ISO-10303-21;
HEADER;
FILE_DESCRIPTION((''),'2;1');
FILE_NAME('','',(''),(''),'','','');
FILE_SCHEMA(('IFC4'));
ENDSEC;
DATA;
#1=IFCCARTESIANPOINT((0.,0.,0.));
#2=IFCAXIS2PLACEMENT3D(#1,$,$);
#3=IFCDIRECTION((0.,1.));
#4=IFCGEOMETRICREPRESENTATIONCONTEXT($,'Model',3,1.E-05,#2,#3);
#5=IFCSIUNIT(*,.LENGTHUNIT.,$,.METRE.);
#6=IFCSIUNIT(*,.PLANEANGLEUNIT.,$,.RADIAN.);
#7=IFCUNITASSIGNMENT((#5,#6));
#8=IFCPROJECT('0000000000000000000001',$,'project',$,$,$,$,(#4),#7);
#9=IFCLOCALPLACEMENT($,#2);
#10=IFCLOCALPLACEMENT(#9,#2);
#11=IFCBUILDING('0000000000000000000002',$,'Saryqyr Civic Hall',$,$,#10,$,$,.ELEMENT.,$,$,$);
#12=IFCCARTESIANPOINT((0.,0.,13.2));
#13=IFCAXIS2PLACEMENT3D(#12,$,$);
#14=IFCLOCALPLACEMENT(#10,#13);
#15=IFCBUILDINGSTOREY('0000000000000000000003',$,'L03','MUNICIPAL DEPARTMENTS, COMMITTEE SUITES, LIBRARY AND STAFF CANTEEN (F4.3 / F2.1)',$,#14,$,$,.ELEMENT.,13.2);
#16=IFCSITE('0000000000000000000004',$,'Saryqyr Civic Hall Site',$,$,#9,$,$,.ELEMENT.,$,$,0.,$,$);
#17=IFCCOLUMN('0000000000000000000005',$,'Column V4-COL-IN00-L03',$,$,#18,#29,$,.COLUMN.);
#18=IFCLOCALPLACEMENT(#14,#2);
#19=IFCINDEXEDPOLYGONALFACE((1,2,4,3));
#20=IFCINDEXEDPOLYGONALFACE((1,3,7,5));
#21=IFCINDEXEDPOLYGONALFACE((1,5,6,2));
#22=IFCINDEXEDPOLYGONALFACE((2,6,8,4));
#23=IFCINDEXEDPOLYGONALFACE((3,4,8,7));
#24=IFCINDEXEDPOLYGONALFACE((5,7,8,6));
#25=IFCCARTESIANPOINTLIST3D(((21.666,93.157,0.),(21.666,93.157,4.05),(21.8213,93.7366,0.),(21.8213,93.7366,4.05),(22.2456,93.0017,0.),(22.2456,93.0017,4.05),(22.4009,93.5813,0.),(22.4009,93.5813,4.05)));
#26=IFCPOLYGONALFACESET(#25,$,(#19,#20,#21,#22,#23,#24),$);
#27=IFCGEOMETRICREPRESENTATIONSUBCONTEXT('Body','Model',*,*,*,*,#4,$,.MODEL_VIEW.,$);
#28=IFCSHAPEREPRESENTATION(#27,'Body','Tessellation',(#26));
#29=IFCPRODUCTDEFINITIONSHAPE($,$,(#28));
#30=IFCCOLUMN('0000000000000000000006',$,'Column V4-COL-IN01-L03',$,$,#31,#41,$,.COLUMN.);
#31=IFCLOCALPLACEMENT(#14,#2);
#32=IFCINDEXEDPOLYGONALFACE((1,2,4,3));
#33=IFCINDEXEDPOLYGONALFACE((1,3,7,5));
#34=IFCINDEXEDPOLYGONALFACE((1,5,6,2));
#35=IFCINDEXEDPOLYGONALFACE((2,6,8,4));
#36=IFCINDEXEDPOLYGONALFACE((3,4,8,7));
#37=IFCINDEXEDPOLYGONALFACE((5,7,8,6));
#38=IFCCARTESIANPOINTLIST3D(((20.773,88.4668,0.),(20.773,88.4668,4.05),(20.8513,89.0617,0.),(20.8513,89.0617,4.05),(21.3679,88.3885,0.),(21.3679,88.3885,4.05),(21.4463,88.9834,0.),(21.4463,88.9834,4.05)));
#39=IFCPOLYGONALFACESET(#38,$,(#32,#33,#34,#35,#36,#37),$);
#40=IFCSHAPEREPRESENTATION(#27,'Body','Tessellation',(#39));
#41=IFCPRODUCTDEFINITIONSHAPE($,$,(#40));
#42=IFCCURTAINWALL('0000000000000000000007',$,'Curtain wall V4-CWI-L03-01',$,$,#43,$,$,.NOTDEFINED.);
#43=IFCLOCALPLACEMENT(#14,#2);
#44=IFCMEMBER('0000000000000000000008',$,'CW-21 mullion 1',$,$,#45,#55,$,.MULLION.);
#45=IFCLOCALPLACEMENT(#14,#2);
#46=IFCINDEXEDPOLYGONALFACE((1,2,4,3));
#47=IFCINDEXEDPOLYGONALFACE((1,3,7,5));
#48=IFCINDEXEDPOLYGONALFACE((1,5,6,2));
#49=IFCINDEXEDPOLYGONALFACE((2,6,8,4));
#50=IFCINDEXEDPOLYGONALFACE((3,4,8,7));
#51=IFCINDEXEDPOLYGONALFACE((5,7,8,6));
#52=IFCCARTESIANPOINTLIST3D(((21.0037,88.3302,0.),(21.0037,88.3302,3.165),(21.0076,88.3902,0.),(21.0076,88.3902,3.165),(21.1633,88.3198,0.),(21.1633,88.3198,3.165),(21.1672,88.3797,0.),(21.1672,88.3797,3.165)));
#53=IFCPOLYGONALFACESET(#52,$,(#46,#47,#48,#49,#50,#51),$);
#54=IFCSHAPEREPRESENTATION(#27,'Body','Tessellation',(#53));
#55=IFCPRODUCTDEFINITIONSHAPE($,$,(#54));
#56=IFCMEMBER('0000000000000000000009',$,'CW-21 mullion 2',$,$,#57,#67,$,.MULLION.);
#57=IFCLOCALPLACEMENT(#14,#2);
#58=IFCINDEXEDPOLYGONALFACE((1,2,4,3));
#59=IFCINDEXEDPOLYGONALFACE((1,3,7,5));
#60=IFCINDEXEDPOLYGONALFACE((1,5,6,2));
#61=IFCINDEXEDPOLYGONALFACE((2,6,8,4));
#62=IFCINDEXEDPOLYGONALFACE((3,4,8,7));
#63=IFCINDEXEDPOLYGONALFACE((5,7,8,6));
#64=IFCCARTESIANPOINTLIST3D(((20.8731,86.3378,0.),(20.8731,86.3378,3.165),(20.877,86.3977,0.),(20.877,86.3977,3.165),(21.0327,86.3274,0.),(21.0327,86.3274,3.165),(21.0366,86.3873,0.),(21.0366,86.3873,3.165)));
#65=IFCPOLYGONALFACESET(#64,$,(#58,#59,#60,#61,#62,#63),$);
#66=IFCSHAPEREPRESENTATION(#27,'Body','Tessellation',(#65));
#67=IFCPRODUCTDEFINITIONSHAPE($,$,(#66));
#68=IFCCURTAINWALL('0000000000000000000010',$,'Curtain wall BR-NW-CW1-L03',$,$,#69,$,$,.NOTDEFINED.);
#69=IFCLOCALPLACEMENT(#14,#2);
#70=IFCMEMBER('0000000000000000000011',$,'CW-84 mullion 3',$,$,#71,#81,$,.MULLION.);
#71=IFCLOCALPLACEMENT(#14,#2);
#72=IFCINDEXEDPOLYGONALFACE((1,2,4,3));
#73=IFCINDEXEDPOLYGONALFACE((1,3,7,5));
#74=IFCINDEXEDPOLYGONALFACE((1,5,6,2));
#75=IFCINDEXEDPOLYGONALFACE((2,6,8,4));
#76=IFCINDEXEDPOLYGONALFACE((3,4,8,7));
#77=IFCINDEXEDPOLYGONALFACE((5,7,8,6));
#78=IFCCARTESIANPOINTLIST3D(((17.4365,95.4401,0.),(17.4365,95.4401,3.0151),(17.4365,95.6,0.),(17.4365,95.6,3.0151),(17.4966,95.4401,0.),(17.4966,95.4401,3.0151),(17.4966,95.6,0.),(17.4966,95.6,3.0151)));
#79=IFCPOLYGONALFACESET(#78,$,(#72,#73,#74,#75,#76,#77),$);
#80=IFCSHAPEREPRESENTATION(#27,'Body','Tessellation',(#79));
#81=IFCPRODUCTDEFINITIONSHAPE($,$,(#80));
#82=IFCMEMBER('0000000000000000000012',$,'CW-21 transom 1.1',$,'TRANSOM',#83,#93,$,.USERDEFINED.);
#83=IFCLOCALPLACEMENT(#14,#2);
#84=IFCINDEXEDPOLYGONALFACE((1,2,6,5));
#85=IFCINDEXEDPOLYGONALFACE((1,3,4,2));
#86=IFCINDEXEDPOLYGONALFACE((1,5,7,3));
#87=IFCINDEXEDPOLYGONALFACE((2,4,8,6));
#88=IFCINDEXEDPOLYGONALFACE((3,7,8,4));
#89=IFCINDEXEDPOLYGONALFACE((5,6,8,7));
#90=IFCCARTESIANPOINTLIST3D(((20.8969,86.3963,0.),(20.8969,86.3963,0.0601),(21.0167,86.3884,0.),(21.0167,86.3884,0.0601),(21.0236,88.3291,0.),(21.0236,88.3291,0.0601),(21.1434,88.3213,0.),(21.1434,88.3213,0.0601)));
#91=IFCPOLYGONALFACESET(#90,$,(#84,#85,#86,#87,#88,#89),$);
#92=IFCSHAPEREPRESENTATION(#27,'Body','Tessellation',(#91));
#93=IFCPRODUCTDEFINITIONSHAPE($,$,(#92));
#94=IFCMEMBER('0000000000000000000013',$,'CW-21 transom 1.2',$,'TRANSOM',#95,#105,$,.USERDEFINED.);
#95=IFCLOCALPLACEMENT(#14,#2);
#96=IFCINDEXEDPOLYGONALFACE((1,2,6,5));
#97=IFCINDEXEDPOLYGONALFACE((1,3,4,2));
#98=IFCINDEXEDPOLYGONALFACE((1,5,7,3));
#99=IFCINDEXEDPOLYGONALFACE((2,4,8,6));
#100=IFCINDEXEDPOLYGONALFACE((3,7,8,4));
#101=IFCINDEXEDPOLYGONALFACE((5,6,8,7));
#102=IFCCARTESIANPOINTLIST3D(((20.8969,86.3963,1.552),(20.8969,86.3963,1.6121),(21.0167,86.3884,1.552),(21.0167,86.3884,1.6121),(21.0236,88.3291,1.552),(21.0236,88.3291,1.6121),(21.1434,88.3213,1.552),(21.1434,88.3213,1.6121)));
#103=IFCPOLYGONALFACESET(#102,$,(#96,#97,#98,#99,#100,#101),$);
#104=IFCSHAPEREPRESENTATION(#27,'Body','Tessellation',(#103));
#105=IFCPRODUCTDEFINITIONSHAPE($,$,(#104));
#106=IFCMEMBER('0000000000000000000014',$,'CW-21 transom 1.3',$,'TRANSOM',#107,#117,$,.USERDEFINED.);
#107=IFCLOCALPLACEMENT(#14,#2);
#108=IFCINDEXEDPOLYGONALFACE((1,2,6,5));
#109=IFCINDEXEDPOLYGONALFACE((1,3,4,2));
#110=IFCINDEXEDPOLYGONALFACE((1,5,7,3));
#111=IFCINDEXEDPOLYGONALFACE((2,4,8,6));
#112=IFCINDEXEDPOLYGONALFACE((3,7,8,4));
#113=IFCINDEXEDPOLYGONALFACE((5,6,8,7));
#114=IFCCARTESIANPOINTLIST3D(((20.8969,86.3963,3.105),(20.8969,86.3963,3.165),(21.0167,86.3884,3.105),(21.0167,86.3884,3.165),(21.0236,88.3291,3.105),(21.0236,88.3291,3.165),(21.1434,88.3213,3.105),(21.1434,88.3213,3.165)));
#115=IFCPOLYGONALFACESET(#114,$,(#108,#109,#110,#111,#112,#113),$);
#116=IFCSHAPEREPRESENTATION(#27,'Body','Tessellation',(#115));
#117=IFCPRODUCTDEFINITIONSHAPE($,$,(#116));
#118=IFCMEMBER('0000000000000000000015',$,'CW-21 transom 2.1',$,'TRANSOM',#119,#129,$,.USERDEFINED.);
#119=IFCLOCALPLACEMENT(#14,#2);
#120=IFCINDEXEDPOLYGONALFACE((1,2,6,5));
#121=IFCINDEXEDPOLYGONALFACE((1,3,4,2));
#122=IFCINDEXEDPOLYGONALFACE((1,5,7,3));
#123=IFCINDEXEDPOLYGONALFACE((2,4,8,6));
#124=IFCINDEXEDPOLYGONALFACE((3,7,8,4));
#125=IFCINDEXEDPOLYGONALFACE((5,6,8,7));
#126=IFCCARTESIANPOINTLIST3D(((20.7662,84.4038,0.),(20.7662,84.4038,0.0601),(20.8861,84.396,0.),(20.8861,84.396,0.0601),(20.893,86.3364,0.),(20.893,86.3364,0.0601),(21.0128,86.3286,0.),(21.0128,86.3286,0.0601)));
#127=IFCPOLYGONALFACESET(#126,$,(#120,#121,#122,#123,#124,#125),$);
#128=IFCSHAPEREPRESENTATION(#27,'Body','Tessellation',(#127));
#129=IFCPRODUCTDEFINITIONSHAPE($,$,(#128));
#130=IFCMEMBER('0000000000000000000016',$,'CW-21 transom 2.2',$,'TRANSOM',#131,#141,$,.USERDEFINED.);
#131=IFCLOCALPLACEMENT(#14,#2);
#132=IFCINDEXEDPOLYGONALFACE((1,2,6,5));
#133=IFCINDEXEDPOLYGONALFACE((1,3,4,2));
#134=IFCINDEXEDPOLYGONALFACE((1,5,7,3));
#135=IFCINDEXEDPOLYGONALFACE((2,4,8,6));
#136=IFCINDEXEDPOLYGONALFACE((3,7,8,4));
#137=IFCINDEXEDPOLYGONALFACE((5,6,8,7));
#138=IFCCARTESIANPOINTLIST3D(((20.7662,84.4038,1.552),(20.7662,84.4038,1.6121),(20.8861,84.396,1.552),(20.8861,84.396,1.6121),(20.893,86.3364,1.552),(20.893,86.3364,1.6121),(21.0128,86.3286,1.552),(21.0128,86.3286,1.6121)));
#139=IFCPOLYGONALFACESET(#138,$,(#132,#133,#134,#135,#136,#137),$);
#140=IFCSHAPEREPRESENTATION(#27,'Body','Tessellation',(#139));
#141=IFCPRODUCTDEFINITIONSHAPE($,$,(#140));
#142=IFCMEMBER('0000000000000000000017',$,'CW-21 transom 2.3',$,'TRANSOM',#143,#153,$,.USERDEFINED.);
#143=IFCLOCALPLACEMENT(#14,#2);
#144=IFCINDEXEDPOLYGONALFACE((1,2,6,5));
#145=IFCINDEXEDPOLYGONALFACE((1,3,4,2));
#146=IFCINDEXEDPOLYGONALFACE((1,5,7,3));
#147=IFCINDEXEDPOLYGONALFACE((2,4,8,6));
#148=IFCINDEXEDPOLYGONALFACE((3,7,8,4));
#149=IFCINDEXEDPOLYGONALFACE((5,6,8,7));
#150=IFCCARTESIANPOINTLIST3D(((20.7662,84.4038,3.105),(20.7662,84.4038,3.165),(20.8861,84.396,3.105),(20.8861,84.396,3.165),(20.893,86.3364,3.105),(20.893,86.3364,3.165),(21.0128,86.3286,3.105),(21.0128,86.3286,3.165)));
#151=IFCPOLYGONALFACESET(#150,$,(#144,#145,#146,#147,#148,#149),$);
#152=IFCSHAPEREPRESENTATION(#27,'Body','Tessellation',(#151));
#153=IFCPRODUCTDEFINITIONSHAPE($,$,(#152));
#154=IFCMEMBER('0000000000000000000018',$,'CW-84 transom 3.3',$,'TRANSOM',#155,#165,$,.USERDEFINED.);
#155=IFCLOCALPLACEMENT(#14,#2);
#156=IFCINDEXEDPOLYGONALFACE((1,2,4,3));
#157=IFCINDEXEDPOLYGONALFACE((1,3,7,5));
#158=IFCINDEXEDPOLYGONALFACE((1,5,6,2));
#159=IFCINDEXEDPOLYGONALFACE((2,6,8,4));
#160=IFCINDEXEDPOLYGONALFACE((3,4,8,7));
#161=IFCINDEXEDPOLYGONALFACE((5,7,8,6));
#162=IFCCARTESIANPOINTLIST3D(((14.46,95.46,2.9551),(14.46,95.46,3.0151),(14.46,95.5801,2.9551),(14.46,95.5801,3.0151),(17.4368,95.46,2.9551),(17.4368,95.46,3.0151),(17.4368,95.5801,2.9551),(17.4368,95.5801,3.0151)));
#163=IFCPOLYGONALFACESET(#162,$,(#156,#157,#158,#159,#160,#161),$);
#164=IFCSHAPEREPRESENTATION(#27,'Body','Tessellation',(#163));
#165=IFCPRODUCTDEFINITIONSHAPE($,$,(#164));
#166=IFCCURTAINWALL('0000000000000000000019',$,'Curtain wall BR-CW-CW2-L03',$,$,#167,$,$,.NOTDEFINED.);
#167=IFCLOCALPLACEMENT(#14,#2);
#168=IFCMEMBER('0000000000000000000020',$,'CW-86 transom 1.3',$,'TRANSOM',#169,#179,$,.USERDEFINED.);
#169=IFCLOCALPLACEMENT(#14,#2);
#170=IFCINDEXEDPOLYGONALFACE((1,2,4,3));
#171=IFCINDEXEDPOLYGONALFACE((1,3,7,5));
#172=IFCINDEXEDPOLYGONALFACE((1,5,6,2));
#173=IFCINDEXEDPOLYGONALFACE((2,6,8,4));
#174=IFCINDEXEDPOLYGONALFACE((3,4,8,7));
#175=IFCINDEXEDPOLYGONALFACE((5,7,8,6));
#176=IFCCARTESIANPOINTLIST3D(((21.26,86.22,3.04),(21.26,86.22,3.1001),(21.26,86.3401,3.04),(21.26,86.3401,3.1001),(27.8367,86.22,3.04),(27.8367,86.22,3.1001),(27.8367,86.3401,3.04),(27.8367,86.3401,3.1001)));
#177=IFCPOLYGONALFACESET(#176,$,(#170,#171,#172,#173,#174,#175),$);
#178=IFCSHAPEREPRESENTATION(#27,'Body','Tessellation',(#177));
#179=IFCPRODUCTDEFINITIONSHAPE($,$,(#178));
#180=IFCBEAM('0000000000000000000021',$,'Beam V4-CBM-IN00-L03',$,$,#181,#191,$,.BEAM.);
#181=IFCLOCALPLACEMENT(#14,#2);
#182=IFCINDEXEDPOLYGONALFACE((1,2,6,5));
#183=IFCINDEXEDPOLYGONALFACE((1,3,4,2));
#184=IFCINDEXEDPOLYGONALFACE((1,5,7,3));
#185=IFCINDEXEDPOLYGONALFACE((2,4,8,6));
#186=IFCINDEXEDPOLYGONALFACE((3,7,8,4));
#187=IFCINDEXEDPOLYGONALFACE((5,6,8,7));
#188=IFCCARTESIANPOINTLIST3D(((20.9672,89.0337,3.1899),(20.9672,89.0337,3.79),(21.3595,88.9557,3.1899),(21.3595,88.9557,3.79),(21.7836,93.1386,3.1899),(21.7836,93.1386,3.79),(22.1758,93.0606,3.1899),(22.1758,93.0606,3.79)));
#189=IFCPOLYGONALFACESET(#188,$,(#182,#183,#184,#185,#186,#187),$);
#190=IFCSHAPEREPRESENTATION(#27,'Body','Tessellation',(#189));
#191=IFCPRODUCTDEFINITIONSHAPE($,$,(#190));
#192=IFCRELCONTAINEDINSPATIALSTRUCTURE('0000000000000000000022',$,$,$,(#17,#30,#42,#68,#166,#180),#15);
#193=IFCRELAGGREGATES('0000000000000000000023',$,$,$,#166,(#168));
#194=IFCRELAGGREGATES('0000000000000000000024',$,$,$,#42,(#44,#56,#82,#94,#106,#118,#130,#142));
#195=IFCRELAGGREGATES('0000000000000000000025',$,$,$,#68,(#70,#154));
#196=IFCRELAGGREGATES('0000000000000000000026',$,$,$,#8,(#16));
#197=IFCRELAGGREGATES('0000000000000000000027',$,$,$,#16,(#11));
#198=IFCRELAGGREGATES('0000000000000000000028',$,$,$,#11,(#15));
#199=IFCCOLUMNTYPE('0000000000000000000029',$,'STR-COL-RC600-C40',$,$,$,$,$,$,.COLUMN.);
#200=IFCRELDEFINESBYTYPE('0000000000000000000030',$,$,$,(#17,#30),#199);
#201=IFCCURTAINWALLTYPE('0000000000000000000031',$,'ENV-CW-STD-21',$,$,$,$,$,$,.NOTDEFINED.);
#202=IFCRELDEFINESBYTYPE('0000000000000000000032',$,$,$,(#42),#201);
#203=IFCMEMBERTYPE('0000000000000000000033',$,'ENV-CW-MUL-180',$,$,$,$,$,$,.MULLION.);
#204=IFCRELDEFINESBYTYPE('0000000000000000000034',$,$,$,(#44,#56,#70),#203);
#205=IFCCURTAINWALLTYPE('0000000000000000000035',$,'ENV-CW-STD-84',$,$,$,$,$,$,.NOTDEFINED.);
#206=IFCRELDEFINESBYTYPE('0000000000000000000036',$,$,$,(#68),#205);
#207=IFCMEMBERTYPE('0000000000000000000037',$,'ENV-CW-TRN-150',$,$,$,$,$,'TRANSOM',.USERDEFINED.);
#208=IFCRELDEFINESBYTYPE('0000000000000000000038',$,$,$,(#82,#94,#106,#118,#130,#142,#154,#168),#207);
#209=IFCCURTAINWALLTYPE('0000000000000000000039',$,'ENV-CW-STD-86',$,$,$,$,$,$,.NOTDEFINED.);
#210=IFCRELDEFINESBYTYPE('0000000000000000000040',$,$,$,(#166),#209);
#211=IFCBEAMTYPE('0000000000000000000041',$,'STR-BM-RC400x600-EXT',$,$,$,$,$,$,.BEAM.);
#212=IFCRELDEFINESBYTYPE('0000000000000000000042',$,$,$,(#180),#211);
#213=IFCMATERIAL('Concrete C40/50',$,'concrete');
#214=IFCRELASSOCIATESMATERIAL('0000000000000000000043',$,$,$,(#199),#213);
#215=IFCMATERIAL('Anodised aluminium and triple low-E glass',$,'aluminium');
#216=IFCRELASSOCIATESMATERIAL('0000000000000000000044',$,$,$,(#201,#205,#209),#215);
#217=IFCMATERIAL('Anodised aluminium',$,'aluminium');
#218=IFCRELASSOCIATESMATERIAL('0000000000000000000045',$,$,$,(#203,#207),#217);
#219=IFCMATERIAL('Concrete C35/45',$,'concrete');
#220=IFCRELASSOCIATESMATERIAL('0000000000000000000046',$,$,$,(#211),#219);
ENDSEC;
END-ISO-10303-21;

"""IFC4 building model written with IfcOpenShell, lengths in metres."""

from ifc_helpers import new_model, si_unit, direction, frame, origin, origin_2d, place, context, subcontext, project, spatial, rectangle, extrude, material, material_profile, profile_set, type_object, element, aggregate, save


model = new_model("IFC4")

# Units and contexts
model_context = context("Model", 3, precision=1e-05, world=origin(), true_north=direction((0.0, 1.0)))
body_context = subcontext(model_context, "Body", "Model", "MODEL_VIEW")
ifc_project = project(units=[si_unit("LENGTHUNIT", "METRE"), si_unit("PLANEANGLEUNIT", "RADIAN")], contexts=[model_context])

# Site, building, storey
site_placement = place(None, origin())
site = spatial("IfcSite", under=ifc_project, at=site_placement, Name="Saryqyr Civic Hall Site", CompositionType="ELEMENT", RefElevation=0.0)
building_placement = place(site_placement, origin())
building = spatial("IfcBuilding", under=site, at=building_placement, Name="Saryqyr Civic Hall", CompositionType="ELEMENT")
storey_placement = place(building_placement, frame((0.0, 0.0, 13.2)))
storey = spatial("IfcBuildingStorey", under=building, at=storey_placement, Name="L03", Description="MUNICIPAL DEPARTMENTS, COMMITTEE SUITES, LIBRARY AND STAFF CANTEEN (F4.3 / F2.1)", CompositionType="ELEMENT", Elevation=13.2)

# Columns
ifc_material_1 = material(Name="Concrete C40/50", Category="concrete")
ifc_material_profile_1 = material_profile(ifc_material_1, rectangle(XDim=0.6001, YDim=0.6001, at=origin_2d()), Name="RC 600x600")
ifc_profile_set_1 = profile_set([ifc_material_profile_1], Name="Concrete C40/50")
column_type = type_object("IfcColumnType", Name="STR-COL-RC600-C40", PredefinedType="COLUMN", material=ifc_profile_set_1)
for number, where, z_axis, x_axis, name in (
    (1, (22.0334, 93.3691, 0.0), (0.0, 0.0, 1.0), (-0.965926, 0.258819, 0.0), "Column V4-COL-IN00-L03"),
    (2, (21.1096, 88.7251, 0.0), (0.0, 0.0, 1.0), (-0.991445, 0.130526, 0.0), "Column V4-COL-IN01-L03"),
):
    element("IfcColumn", number, at=place(storey_placement, frame(where, z_axis=z_axis, x_axis=x_axis)), inside=storey, type_object=column_type, Name=name, PredefinedType="COLUMN", context=body_context, shape_type="SweptSolid", body=[
        extrude(rectangle(XDim=0.6001, YDim=0.6001, at=origin_2d()), origin(), (0.0, 0.0, 1.0), 4.05),
    ])

# Curtain wall, members
ifc_material_2 = material(Name="Anodised aluminium and triple low-E glass", Category="aluminium")
curtain_wall_type_1 = type_object("IfcCurtainWallType", Name="ENV-CW-STD-21", PredefinedType="NOTDEFINED", material=ifc_material_2)
curtain_wall_1_placement = place(storey_placement, origin())
curtain_wall_1 = element("IfcCurtainWall", 3, at=curtain_wall_1_placement, inside=storey, type_object=curtain_wall_type_1, Name="Curtain wall V4-CWI-L03-01", PredefinedType="NOTDEFINED")
ifc_material_3 = material(Name="Anodised aluminium", Category="aluminium")
ifc_material_profile_2 = material_profile(ifc_material_3, rectangle(XDim=0.0601, YDim=0.1599, at=origin_2d()), Name="ALU MULLION 60x160")
ifc_profile_set_2 = profile_set([ifc_material_profile_2], Name="Anodised aluminium")
member_type_1 = type_object("IfcMemberType", Name="ENV-CW-MUL-180", PredefinedType="MULLION", material=ifc_profile_set_2)
member_1_placement = place(storey_placement, frame((21.0854, 88.355, 0.0), z_axis=(0.0, 0.0, 1.0), x_axis=(-0.065397, -0.997859, 0.0)))
member_1 = element("IfcMember", 4, at=member_1_placement, type_object=member_type_1, Name="CW-21 mullion 1", PredefinedType="MULLION", context=body_context, shape_type="SweptSolid", body=[
    extrude(rectangle(XDim=0.0601, YDim=0.1599, at=origin_2d()), origin(), (0.0, 0.0, 1.0), 3.165),
])
member_2_placement = place(storey_placement, frame((20.9548, 86.3625, 0.0), z_axis=(0.0, 0.0, 1.0), x_axis=(-0.065397, -0.997859, 0.0)))
member_2 = element("IfcMember", 5, at=member_2_placement, type_object=member_type_1, Name="CW-21 mullion 2", PredefinedType="MULLION", context=body_context, shape_type="SweptSolid", body=[
    extrude(rectangle(XDim=0.0601, YDim=0.1599, at=origin_2d()), origin(), (0.0, 0.0, 1.0), 3.165),
])

# Curtain wall, member
curtain_wall_type_2 = type_object("IfcCurtainWallType", Name="ENV-CW-STD-84", PredefinedType="NOTDEFINED", material=ifc_material_2)
curtain_wall_2_placement = place(storey_placement, origin())
curtain_wall_2 = element("IfcCurtainWall", 6, at=curtain_wall_2_placement, inside=storey, type_object=curtain_wall_type_2, Name="Curtain wall BR-NW-CW1-L03", PredefinedType="NOTDEFINED")
member_3_placement = place(storey_placement, frame((17.4666, 95.52, 0.0), z_axis=(0.0, 0.0, 1.0), x_axis=(-1.0, 0.0, 0.0)))
member_3 = element("IfcMember", 7, at=member_3_placement, type_object=member_type_1, Name="CW-84 mullion 3", PredefinedType="MULLION", context=body_context, shape_type="SweptSolid", body=[
    extrude(rectangle(XDim=0.0601, YDim=0.1599, at=origin_2d()), origin(), (0.0, 0.0, 1.0), 3.0151),
])

# Members
ifc_material_profile_3 = material_profile(ifc_material_3, rectangle(XDim=0.1201, YDim=0.0601, at=origin_2d()), Name="ALU TRANSOM 120x60")
ifc_profile_set_3 = profile_set([ifc_material_profile_3], Name="Anodised aluminium")
member_type_2 = type_object("IfcMemberType", Name="ENV-CW-TRN-150", ElementType="TRANSOM", PredefinedType="USERDEFINED", material=ifc_profile_set_3)
member_4_placement = place(storey_placement, frame((21.0835, 88.3252, 0.03), z_axis=(-0.065415, -0.997858, 0.0), x_axis=(0.997858, -0.065415, 0.0)))
member_4 = element("IfcMember", 8, at=member_4_placement, type_object=member_type_2, Name="CW-21 transom 1.1", ObjectType="TRANSOM", PredefinedType="USERDEFINED", context=body_context, shape_type="SweptSolid", body=[
    extrude(rectangle(XDim=0.1201, YDim=0.0601, at=origin_2d()), origin(), (0.0, 0.0, 1.0), 1.937),
])
member_5_placement = place(storey_placement, frame((21.0835, 88.3252, 1.582), z_axis=(-0.065415, -0.997858, 0.0), x_axis=(0.997858, -0.065415, 0.0)))
member_5 = element("IfcMember", 9, at=member_5_placement, type_object=member_type_2, Name="CW-21 transom 1.2", ObjectType="TRANSOM", PredefinedType="USERDEFINED", context=body_context, shape_type="SweptSolid", body=[
    extrude(rectangle(XDim=0.1201, YDim=0.0601, at=origin_2d()), origin(), (0.0, 0.0, 1.0), 1.937),
])
member_6_placement = place(storey_placement, frame((21.0835, 88.3252, 3.135), z_axis=(-0.065415, -0.997858, 0.0), x_axis=(0.997858, -0.065415, 0.0)))
member_6 = element("IfcMember", 10, at=member_6_placement, type_object=member_type_2, Name="CW-21 transom 1.3", ObjectType="TRANSOM", PredefinedType="USERDEFINED", context=body_context, shape_type="SweptSolid", body=[
    extrude(rectangle(XDim=0.1201, YDim=0.0601, at=origin_2d()), origin(), (0.0, 0.0, 1.0), 1.937),
])
member_7_placement = place(storey_placement, frame((20.9529, 86.3325, 0.03), z_axis=(-0.065423, -0.997858, 0.0), x_axis=(0.997858, -0.065423, 0.0)))
member_7 = element("IfcMember", 11, at=member_7_placement, type_object=member_type_2, Name="CW-21 transom 2.1", ObjectType="TRANSOM", PredefinedType="USERDEFINED", context=body_context, shape_type="SweptSolid", body=[
    extrude(rectangle(XDim=0.1201, YDim=0.0601, at=origin_2d()), origin(), (0.0, 0.0, 1.0), 1.9368),
])
member_8_placement = place(storey_placement, frame((20.9529, 86.3325, 1.582), z_axis=(-0.065423, -0.997858, 0.0), x_axis=(0.997858, -0.065423, 0.0)))
member_8 = element("IfcMember", 12, at=member_8_placement, type_object=member_type_2, Name="CW-21 transom 2.2", ObjectType="TRANSOM", PredefinedType="USERDEFINED", context=body_context, shape_type="SweptSolid", body=[
    extrude(rectangle(XDim=0.1201, YDim=0.0601, at=origin_2d()), origin(), (0.0, 0.0, 1.0), 1.9368),
])
member_9_placement = place(storey_placement, frame((20.9529, 86.3325, 3.135), z_axis=(-0.065423, -0.997858, 0.0), x_axis=(0.997858, -0.065423, 0.0)))
member_9 = element("IfcMember", 13, at=member_9_placement, type_object=member_type_2, Name="CW-21 transom 2.3", ObjectType="TRANSOM", PredefinedType="USERDEFINED", context=body_context, shape_type="SweptSolid", body=[
    extrude(rectangle(XDim=0.1201, YDim=0.0601, at=origin_2d()), origin(), (0.0, 0.0, 1.0), 1.9368),
])
member_10_placement = place(storey_placement, frame((17.4368, 95.52, 2.9851), z_axis=(-1.0, 0.0, 0.0), x_axis=(0.0, -1.0, 0.0)))
member_10 = element("IfcMember", 14, at=member_10_placement, type_object=member_type_2, Name="CW-84 transom 3.3", ObjectType="TRANSOM", PredefinedType="USERDEFINED", context=body_context, shape_type="SweptSolid", body=[
    extrude(rectangle(XDim=0.1201, YDim=0.0601, at=origin_2d()), origin(), (0.0, 0.0, 1.0), 2.9768),
])

# Curtain wall, member
curtain_wall_type_3 = type_object("IfcCurtainWallType", Name="ENV-CW-STD-86", PredefinedType="NOTDEFINED", material=ifc_material_2)
curtain_wall_3_placement = place(storey_placement, origin())
curtain_wall_3 = element("IfcCurtainWall", 15, at=curtain_wall_3_placement, inside=storey, type_object=curtain_wall_type_3, Name="Curtain wall BR-CW-CW2-L03", PredefinedType="NOTDEFINED")
member_11_placement = place(storey_placement, frame((21.26, 86.28, 3.0701), z_axis=(1.0, 0.0, 0.0), x_axis=(0.0, 1.0, 0.0)))
member_11 = element("IfcMember", 16, at=member_11_placement, type_object=member_type_2, Name="CW-86 transom 1.3", ObjectType="TRANSOM", PredefinedType="USERDEFINED", context=body_context, shape_type="SweptSolid", body=[
    extrude(rectangle(XDim=0.1201, YDim=0.0601, at=origin_2d()), origin(), (0.0, 0.0, 1.0), 6.5767),
])
aggregate(curtain_wall_3, [member_11])

# Beam
ifc_material_4 = material(Name="Concrete C35/45", Category="concrete")
ifc_material_profile_4 = material_profile(ifc_material_4, rectangle(XDim=0.3999, YDim=0.6001, at=origin_2d()), Name="RC 400x600")
ifc_profile_set_4 = profile_set([ifc_material_profile_4], Name="Concrete C35/45")
beam_type_1 = type_object("IfcBeamType", Name="STR-BM-RC400x600-EXT", PredefinedType="BEAM", material=ifc_profile_set_4)
for number, where, z_axis, x_axis, name in (
    (17, (21.9797, 93.0996, 3.49), (-0.195062, -0.980791, 0.0), (0.980791, -0.195062, 0.0), "Beam V4-CBM-IN00-L03"),
):
    element("IfcBeam", number, at=place(storey_placement, frame(where, z_axis=z_axis, x_axis=x_axis)), inside=storey, type_object=beam_type_1, Name=name, PredefinedType="BEAM", context=body_context, shape_type="SweptSolid", body=[
        extrude(rectangle(XDim=0.3999, YDim=0.6001, at=origin_2d()), origin(), (0.0, 0.0, 1.0), 4.1853),
    ])

aggregate(curtain_wall_1, [member_1, member_2, member_4, member_5, member_6, member_7, member_8, member_9])
aggregate(curtain_wall_2, [member_3, member_10])

save(model, "model.ifc")
